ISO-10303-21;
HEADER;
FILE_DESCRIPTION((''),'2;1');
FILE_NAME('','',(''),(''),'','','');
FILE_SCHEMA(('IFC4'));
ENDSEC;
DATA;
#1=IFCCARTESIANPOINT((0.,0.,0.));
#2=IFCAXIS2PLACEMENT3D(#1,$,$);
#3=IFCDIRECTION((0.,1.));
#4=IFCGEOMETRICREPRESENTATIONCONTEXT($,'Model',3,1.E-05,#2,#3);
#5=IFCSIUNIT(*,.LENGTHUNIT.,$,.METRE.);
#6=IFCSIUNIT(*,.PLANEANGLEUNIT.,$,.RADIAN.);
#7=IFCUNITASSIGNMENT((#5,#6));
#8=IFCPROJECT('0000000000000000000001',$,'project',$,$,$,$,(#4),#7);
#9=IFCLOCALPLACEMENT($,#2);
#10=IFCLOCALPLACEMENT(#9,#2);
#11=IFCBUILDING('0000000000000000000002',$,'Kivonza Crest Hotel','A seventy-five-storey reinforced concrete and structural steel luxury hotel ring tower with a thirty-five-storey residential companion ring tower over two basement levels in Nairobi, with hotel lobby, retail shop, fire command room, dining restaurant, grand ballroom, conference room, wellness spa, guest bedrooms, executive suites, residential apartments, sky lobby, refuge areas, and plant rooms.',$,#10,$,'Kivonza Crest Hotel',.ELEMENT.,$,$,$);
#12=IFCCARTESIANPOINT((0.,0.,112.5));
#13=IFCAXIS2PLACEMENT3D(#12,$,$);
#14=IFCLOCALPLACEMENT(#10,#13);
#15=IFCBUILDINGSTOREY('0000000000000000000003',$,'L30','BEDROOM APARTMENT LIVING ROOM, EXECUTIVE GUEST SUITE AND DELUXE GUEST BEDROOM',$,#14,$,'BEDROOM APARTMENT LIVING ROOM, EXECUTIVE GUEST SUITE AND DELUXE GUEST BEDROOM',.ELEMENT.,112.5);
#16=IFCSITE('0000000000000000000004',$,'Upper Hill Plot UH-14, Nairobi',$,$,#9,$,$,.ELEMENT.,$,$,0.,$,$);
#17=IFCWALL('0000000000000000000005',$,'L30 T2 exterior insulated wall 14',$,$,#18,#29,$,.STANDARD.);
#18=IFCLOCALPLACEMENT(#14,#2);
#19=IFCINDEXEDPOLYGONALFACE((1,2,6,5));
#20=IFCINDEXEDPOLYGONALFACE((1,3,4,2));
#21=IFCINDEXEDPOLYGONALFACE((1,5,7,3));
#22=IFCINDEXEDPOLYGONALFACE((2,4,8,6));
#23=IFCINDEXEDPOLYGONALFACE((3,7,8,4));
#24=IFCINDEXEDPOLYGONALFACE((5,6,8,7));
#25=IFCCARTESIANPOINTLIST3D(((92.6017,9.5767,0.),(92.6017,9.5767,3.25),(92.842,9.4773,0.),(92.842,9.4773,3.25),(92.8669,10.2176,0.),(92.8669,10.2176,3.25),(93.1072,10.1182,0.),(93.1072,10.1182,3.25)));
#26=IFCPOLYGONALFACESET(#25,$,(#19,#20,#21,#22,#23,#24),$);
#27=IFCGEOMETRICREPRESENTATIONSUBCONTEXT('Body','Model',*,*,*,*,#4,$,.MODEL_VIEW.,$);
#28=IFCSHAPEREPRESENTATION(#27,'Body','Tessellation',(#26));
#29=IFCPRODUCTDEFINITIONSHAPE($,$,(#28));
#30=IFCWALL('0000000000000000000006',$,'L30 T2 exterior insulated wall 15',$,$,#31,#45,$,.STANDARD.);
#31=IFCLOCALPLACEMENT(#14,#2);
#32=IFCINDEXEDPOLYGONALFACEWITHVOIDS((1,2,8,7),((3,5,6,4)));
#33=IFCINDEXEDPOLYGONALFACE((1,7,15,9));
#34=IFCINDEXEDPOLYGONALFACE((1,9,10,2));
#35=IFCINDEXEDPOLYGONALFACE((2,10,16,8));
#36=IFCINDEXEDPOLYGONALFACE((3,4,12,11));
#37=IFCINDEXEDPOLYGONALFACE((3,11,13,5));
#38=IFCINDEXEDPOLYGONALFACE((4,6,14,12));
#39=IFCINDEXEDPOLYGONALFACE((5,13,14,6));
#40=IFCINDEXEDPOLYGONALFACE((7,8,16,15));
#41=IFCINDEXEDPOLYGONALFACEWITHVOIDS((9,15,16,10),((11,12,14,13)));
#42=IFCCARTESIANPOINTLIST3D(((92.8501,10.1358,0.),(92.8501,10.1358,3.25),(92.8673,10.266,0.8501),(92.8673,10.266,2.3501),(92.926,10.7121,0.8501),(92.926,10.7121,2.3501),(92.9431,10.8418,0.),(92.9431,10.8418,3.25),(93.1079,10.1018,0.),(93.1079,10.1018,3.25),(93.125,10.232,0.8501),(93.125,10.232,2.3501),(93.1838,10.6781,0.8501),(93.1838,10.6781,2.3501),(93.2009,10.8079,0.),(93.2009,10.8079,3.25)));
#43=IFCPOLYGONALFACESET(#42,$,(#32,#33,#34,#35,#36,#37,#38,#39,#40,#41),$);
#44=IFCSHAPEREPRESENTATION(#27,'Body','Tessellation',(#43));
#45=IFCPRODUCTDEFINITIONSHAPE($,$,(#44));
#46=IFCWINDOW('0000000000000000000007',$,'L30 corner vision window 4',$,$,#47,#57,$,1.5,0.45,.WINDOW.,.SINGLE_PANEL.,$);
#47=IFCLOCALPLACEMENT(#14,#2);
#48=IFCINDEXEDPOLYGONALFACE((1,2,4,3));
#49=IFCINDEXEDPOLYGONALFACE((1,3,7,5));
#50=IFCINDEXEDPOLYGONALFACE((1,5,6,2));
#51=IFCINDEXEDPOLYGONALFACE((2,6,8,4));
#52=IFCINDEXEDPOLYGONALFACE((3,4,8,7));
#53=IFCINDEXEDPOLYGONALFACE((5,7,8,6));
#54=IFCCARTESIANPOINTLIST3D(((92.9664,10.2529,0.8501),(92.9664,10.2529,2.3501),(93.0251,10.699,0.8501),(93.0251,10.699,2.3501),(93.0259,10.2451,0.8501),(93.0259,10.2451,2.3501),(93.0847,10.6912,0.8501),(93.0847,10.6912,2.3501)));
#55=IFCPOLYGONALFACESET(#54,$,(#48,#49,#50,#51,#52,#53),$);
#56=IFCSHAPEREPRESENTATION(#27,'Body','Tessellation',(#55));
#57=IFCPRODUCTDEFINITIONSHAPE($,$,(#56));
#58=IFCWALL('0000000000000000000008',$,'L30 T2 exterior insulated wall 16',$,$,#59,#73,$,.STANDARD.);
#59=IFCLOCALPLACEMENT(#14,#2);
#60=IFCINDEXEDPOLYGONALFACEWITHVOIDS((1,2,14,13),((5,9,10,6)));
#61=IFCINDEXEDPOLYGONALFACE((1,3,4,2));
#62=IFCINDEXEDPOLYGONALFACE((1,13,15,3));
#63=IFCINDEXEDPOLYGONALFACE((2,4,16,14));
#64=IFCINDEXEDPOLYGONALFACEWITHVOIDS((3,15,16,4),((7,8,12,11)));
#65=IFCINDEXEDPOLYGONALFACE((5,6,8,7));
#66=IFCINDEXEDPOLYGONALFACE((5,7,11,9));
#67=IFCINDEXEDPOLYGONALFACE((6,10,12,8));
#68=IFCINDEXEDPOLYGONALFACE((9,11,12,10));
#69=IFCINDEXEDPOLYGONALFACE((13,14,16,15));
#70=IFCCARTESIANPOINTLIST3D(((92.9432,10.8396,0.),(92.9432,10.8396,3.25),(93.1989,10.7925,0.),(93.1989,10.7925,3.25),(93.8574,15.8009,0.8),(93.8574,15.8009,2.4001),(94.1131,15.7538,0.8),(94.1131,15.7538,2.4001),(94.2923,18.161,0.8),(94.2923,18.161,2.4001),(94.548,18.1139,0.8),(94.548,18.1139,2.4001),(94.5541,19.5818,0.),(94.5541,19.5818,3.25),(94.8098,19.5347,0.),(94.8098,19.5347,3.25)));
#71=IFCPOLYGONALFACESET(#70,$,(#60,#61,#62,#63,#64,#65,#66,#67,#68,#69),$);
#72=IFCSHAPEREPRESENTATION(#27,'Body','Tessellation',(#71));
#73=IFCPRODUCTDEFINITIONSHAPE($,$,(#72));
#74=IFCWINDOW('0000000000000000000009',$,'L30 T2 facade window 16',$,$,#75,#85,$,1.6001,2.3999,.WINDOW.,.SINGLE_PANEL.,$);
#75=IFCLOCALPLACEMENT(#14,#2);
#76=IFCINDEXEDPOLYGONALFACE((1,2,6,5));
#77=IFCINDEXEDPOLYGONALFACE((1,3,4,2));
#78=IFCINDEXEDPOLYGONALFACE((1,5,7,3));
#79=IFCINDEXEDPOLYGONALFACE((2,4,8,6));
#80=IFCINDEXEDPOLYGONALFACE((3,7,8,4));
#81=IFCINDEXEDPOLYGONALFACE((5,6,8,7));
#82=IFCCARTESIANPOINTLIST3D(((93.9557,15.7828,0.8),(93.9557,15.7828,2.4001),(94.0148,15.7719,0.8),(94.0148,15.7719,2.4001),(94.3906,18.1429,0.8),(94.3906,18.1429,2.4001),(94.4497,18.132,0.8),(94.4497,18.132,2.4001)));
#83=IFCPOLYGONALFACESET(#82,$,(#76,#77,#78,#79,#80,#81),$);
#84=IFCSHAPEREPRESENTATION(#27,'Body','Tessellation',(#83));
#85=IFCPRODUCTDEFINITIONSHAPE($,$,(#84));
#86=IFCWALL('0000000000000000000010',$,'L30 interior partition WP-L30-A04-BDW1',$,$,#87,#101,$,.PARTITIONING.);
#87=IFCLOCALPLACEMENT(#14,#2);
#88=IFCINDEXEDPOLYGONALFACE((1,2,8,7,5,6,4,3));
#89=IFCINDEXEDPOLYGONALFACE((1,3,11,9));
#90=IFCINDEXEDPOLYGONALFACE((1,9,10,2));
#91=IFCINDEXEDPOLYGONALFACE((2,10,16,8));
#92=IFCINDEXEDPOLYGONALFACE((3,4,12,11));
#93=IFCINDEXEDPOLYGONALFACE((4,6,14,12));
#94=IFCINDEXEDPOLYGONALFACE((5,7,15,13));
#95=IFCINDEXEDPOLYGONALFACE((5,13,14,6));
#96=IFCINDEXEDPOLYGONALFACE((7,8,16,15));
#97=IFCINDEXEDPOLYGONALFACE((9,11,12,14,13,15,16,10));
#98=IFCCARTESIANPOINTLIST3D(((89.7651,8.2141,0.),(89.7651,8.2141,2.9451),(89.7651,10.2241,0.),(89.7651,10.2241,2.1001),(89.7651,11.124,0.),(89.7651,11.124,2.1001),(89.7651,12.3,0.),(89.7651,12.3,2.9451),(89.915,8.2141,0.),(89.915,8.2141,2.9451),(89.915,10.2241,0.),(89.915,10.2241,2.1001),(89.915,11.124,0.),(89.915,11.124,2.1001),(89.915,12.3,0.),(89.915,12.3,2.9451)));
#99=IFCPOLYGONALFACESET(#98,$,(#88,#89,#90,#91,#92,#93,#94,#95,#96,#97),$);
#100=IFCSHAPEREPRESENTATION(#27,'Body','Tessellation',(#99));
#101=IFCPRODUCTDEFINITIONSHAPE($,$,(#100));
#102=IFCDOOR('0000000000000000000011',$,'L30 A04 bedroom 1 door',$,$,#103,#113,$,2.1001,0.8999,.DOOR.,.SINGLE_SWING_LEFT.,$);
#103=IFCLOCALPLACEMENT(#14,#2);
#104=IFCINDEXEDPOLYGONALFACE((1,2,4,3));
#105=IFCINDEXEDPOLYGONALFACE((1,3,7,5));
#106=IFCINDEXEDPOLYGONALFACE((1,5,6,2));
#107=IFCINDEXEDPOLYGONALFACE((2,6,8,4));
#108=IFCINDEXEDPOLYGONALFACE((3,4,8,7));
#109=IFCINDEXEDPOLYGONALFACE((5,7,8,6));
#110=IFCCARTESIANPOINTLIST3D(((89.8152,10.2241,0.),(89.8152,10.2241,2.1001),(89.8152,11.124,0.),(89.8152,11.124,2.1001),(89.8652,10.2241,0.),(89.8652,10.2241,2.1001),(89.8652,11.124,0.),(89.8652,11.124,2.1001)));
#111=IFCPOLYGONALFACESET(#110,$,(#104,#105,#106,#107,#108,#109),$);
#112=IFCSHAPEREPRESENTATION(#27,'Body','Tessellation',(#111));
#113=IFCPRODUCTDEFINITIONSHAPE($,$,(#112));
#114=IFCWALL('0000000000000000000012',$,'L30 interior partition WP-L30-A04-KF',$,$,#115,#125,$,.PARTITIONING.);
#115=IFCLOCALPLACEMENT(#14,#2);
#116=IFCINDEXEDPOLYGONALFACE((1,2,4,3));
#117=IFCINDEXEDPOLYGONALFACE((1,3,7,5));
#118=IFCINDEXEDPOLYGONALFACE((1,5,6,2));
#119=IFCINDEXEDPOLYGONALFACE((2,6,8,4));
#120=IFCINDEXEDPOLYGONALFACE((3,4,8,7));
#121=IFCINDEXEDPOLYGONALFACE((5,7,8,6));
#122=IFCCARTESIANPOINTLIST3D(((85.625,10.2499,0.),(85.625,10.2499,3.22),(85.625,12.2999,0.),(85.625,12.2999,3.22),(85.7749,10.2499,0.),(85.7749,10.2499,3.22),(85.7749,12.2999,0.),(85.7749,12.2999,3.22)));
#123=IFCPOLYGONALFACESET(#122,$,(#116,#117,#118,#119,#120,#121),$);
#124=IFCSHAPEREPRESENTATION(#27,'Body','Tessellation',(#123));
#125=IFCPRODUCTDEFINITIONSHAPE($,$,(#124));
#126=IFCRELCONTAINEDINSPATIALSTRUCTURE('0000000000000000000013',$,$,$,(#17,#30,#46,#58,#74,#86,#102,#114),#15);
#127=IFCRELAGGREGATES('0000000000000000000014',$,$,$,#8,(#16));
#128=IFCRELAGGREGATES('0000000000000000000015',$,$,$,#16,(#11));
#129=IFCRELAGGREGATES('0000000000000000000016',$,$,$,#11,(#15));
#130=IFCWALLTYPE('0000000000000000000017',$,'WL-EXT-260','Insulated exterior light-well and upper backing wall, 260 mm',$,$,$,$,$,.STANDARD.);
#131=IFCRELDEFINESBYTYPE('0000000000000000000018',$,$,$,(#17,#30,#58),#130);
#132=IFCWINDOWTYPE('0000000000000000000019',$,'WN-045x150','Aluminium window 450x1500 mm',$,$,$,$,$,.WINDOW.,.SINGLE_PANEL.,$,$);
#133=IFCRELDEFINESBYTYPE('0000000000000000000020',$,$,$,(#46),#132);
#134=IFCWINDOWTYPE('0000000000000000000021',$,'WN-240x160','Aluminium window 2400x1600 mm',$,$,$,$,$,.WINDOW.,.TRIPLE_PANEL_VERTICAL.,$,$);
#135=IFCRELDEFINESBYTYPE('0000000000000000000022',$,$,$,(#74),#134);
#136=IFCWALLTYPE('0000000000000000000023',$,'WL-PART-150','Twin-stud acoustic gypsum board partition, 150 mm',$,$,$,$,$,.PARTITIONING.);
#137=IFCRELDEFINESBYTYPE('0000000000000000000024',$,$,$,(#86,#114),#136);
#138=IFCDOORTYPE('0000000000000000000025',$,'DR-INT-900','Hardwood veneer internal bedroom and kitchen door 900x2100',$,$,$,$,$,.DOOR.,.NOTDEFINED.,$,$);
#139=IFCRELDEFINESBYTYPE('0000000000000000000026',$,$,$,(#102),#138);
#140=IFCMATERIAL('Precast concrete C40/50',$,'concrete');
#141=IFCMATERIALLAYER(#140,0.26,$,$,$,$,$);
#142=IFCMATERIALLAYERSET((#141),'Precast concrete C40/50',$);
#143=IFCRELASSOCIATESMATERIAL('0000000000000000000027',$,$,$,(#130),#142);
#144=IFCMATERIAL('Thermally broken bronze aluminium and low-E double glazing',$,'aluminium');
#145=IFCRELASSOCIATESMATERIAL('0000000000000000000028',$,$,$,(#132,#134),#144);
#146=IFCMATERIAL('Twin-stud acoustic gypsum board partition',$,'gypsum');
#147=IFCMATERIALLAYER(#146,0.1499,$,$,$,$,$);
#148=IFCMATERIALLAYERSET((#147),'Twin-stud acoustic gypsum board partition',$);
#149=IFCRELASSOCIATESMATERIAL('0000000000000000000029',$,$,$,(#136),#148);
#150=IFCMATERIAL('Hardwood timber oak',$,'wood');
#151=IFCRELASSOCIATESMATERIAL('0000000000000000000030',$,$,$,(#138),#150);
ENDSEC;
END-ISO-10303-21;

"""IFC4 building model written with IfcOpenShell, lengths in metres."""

from ifc_helpers import new_model, si_unit, direction, frame, frame_2d, origin, place, context, subcontext, project, spatial, rectangle, extrude, material, layer, layer_set, type_object, element, fill, save


model = new_model("IFC4")

# Units and contexts
model_context = context("Model", 3, precision=1e-05, world=origin(), true_north=direction((0.0, 1.0)))
body_context = subcontext(model_context, "Body", "Model", "MODEL_VIEW")
ifc_project = project(units=[si_unit("LENGTHUNIT", "METRE"), si_unit("PLANEANGLEUNIT", "RADIAN")], contexts=[model_context])

# Site, building, storey
site_placement = place(None, origin())
site = spatial("IfcSite", under=ifc_project, at=site_placement, Name="Upper Hill Plot UH-14, Nairobi", CompositionType="ELEMENT", RefElevation=0.0)
building_placement = place(site_placement, origin())
building = spatial("IfcBuilding", under=site, at=building_placement, Name="Kivonza Crest Hotel", Description="A seventy-five-storey reinforced concrete and structural steel luxury hotel ring tower with a thirty-five-storey residential companion ring tower over two basement levels in Nairobi, with hotel lobby, retail shop, fire command room, dining restaurant, grand ballroom, conference room, wellness spa, guest bedrooms, executive suites, residential apartments, sky lobby, refuge areas, and plant rooms.", LongName="Kivonza Crest Hotel", CompositionType="ELEMENT")
storey_placement = place(building_placement, frame((0.0, 0.0, 112.5)))
storey = spatial("IfcBuildingStorey", under=building, at=storey_placement, Name="L30", Description="BEDROOM APARTMENT LIVING ROOM, EXECUTIVE GUEST SUITE AND DELUXE GUEST BEDROOM", LongName="BEDROOM APARTMENT LIVING ROOM, EXECUTIVE GUEST SUITE AND DELUXE GUEST BEDROOM", CompositionType="ELEMENT", Elevation=112.5)

# Shared definitions
ifc_material_1 = material(Name="Hardwood timber oak", Category="wood")

# Wall
ifc_material_2 = material(Name="Precast concrete C40/50", Category="concrete")
ifc_layer_1 = layer(ifc_material_2, 0.26)
ifc_layer_set_1 = layer_set([ifc_layer_1], Name="Precast concrete C40/50")
wall_type_1 = type_object("IfcWallType", Name="WL-EXT-260", Description="Insulated exterior light-well and upper backing wall, 260 mm", PredefinedType="STANDARD", material=ifc_layer_set_1)
wall_1_placement = place(storey_placement, frame((92.7219, 9.5271, 0.0), z_axis=(0.0, 0.0, 1.0), x_axis=(0.38229, 0.924043, 0.0)))
element("IfcWall", 1, at=wall_1_placement, inside=storey, type_object=wall_type_1, Name="L30 T2 exterior insulated wall 14", PredefinedType="STANDARD", context=body_context, shape_type="SweptSolid", body=[
    extrude(rectangle(XDim=0.6936, YDim=0.26, at=frame_2d((0.3467, 0.0))), origin(), (0.0, 0.0, 1.0), 3.25),
])

# Walls, openings, windows
wall_2_placement = place(storey_placement, frame((92.979, 10.1189, 0.0), z_axis=(0.0, 0.0, 1.0), x_axis=(0.130614, 0.991433, 0.0)))
wall_2 = element("IfcWall", 2, at=wall_2_placement, inside=storey, type_object=wall_type_1, Name="L30 T2 exterior insulated wall 15", PredefinedType="STANDARD", context=body_context, shape_type="SweptSolid", body=[
    extrude(rectangle(XDim=0.7122, YDim=0.26, at=frame_2d((0.356, 0.0))), origin(), (0.0, 0.0, 1.0), 3.25),
])
opening_1_placement = place(wall_2_placement, frame((0.1311, 0.0, 0.8501)))
opening_1 = element("IfcOpeningElement", 3, at=opening_1_placement, cuts=wall_2, PredefinedType="OPENING", context=body_context, shape_type="SweptSolid", body=[
    extrude(rectangle(XDim=0.45, YDim=1.5, at=frame_2d((0.2251, 0.75))), frame((0.0, 0.1401, 0.0), z_axis=(0.0, -1.0, 0.0), x_axis=(1.0, 0.0, 0.0)), (0.0, 0.0, 1.0), 0.28),
])
ifc_material_3 = material(Name="Thermally broken bronze aluminium and low-E double glazing", Category="aluminium")
window_type_1 = type_object("IfcWindowType", Name="WN-045x150", Description="Aluminium window 450x1500 mm", PartitioningType="SINGLE_PANEL", PredefinedType="WINDOW", material=ifc_material_3)
window_1_placement = place(opening_1_placement, origin())
window_1 = element("IfcWindow", 4, at=window_1_placement, inside=storey, type_object=window_type_1, Name="L30 corner vision window 4", OverallHeight=1.5, OverallWidth=0.45, PartitioningType="SINGLE_PANEL", PredefinedType="WINDOW", context=body_context, shape_type="SweptSolid", body=[
    extrude(rectangle(XDim=0.45, YDim=1.5, at=frame_2d((0.2251, 0.75))), frame((0.0, 0.03, 0.0), z_axis=(0.0, -1.0, 0.0), x_axis=(1.0, 0.0, 0.0)), (0.0, 0.0, 1.0), 0.0601),
])
fill(opening_1, window_1)
wall_3_placement = place(storey_placement, frame((93.071, 10.8159, 0.0), z_axis=(0.0, 0.0, 1.0), x_axis=(0.18121, 0.983444, 0.0)))
wall_3 = element("IfcWall", 5, at=wall_3_placement, inside=storey, type_object=wall_type_1, Name="L30 T2 exterior insulated wall 16", PredefinedType="STANDARD", context=body_context, shape_type="SweptSolid", body=[
    extrude(rectangle(XDim=8.8894, YDim=0.26, at=frame_2d((4.4448, 0.0))), origin(), (0.0, 0.0, 1.0), 3.25),
])
opening_2_placement = place(wall_3_placement, frame((5.0449, 0.0, 0.8)))
opening_2 = element("IfcOpeningElement", 6, at=opening_2_placement, cuts=wall_3, PredefinedType="OPENING", context=body_context, shape_type="SweptSolid", body=[
    extrude(rectangle(XDim=2.3999, YDim=1.6001, at=frame_2d((1.2, 0.8))), frame((0.0, 0.1401, 0.0), z_axis=(0.0, -1.0, 0.0), x_axis=(1.0, 0.0, 0.0)), (0.0, 0.0, 1.0), 0.28),
])
window_type_2 = type_object("IfcWindowType", Name="WN-240x160", Description="Aluminium window 2400x1600 mm", PartitioningType="TRIPLE_PANEL_VERTICAL", PredefinedType="WINDOW", material=ifc_material_3)
window_2_placement = place(opening_2_placement, origin())
window_2 = element("IfcWindow", 7, at=window_2_placement, inside=storey, type_object=window_type_2, Name="L30 T2 facade window 16", OverallHeight=1.6001, OverallWidth=2.3999, PartitioningType="SINGLE_PANEL", PredefinedType="WINDOW", context=body_context, shape_type="SweptSolid", body=[
    extrude(rectangle(XDim=2.3999, YDim=1.6001, at=frame_2d((1.2, 0.8))), frame((0.0, 0.03, 0.0), z_axis=(0.0, -1.0, 0.0), x_axis=(1.0, 0.0, 0.0)), (0.0, 0.0, 1.0), 0.0601),
])
fill(opening_2, window_2)

# Wall, opening, door
ifc_material_4 = material(Name="Twin-stud acoustic gypsum board partition", Category="gypsum")
ifc_layer_2 = layer(ifc_material_4, 0.1499)
ifc_layer_set_2 = layer_set([ifc_layer_2], Name="Twin-stud acoustic gypsum board partition")
wall_type_2 = type_object("IfcWallType", Name="WL-PART-150", Description="Twin-stud acoustic gypsum board partition, 150 mm", PredefinedType="PARTITIONING", material=ifc_layer_set_2)
wall_4_placement = place(storey_placement, frame((89.8401, 8.2141, 0.0), z_axis=(0.0, 0.0, 1.0), x_axis=(0.0, 1.0, 0.0)))
wall_4 = element("IfcWall", 8, at=wall_4_placement, inside=storey, type_object=wall_type_2, Name="L30 interior partition WP-L30-A04-BDW1", PredefinedType="PARTITIONING", context=body_context, shape_type="SweptSolid", body=[
    extrude(rectangle(XDim=4.0859, YDim=0.1499, at=frame_2d((2.043, 0.0))), origin(), (0.0, 0.0, 1.0), 2.9451),
])
opening_3_placement = place(wall_4_placement, frame((2.01, 0.0, 0.0)))
opening_3 = element("IfcOpeningElement", 9, at=opening_3_placement, cuts=wall_4, PredefinedType="OPENING", context=body_context, shape_type="SweptSolid", body=[
    extrude(rectangle(XDim=0.8999, YDim=2.1001, at=frame_2d((0.45, 1.05))), frame((0.0, 0.085, 0.0), z_axis=(0.0, -1.0, 0.0), x_axis=(1.0, 0.0, 0.0)), (0.0, 0.0, 1.0), 0.1699),
])
door_type_1 = type_object("IfcDoorType", Name="DR-INT-900", Description="Hardwood veneer internal bedroom and kitchen door 900x2100", OperationType="NOTDEFINED", PredefinedType="DOOR", material=ifc_material_1)
door_1_placement = place(opening_3_placement, origin())
door_1 = element("IfcDoor", 10, at=door_1_placement, inside=storey, type_object=door_type_1, Name="L30 A04 bedroom 1 door", OperationType="SINGLE_SWING_LEFT", OverallHeight=2.1001, OverallWidth=0.8999, PredefinedType="DOOR", context=body_context, shape_type="SweptSolid", body=[
    extrude(rectangle(XDim=0.8999, YDim=2.1001, at=frame_2d((0.45, 1.05))), frame((0.0, 0.0249, 0.0), z_axis=(0.0, -1.0, 0.0), x_axis=(1.0, 0.0, 0.0)), (0.0, 0.0, 1.0), 0.05),
])
fill(opening_3, door_1)

# Wall
wall_5_placement = place(storey_placement, frame((85.7, 10.25, 0.0), z_axis=(0.0, 0.0, 1.0), x_axis=(0.0, 1.0, 0.0)))
element("IfcWall", 11, at=wall_5_placement, inside=storey, type_object=wall_type_2, Name="L30 interior partition WP-L30-A04-KF", PredefinedType="PARTITIONING", context=body_context, shape_type="SweptSolid", body=[
    extrude(rectangle(XDim=2.05, YDim=0.1499, at=frame_2d((1.0249, 0.0))), origin(), (0.0, 0.0, 1.0), 3.22),
])

save(model, "model.ifc")
